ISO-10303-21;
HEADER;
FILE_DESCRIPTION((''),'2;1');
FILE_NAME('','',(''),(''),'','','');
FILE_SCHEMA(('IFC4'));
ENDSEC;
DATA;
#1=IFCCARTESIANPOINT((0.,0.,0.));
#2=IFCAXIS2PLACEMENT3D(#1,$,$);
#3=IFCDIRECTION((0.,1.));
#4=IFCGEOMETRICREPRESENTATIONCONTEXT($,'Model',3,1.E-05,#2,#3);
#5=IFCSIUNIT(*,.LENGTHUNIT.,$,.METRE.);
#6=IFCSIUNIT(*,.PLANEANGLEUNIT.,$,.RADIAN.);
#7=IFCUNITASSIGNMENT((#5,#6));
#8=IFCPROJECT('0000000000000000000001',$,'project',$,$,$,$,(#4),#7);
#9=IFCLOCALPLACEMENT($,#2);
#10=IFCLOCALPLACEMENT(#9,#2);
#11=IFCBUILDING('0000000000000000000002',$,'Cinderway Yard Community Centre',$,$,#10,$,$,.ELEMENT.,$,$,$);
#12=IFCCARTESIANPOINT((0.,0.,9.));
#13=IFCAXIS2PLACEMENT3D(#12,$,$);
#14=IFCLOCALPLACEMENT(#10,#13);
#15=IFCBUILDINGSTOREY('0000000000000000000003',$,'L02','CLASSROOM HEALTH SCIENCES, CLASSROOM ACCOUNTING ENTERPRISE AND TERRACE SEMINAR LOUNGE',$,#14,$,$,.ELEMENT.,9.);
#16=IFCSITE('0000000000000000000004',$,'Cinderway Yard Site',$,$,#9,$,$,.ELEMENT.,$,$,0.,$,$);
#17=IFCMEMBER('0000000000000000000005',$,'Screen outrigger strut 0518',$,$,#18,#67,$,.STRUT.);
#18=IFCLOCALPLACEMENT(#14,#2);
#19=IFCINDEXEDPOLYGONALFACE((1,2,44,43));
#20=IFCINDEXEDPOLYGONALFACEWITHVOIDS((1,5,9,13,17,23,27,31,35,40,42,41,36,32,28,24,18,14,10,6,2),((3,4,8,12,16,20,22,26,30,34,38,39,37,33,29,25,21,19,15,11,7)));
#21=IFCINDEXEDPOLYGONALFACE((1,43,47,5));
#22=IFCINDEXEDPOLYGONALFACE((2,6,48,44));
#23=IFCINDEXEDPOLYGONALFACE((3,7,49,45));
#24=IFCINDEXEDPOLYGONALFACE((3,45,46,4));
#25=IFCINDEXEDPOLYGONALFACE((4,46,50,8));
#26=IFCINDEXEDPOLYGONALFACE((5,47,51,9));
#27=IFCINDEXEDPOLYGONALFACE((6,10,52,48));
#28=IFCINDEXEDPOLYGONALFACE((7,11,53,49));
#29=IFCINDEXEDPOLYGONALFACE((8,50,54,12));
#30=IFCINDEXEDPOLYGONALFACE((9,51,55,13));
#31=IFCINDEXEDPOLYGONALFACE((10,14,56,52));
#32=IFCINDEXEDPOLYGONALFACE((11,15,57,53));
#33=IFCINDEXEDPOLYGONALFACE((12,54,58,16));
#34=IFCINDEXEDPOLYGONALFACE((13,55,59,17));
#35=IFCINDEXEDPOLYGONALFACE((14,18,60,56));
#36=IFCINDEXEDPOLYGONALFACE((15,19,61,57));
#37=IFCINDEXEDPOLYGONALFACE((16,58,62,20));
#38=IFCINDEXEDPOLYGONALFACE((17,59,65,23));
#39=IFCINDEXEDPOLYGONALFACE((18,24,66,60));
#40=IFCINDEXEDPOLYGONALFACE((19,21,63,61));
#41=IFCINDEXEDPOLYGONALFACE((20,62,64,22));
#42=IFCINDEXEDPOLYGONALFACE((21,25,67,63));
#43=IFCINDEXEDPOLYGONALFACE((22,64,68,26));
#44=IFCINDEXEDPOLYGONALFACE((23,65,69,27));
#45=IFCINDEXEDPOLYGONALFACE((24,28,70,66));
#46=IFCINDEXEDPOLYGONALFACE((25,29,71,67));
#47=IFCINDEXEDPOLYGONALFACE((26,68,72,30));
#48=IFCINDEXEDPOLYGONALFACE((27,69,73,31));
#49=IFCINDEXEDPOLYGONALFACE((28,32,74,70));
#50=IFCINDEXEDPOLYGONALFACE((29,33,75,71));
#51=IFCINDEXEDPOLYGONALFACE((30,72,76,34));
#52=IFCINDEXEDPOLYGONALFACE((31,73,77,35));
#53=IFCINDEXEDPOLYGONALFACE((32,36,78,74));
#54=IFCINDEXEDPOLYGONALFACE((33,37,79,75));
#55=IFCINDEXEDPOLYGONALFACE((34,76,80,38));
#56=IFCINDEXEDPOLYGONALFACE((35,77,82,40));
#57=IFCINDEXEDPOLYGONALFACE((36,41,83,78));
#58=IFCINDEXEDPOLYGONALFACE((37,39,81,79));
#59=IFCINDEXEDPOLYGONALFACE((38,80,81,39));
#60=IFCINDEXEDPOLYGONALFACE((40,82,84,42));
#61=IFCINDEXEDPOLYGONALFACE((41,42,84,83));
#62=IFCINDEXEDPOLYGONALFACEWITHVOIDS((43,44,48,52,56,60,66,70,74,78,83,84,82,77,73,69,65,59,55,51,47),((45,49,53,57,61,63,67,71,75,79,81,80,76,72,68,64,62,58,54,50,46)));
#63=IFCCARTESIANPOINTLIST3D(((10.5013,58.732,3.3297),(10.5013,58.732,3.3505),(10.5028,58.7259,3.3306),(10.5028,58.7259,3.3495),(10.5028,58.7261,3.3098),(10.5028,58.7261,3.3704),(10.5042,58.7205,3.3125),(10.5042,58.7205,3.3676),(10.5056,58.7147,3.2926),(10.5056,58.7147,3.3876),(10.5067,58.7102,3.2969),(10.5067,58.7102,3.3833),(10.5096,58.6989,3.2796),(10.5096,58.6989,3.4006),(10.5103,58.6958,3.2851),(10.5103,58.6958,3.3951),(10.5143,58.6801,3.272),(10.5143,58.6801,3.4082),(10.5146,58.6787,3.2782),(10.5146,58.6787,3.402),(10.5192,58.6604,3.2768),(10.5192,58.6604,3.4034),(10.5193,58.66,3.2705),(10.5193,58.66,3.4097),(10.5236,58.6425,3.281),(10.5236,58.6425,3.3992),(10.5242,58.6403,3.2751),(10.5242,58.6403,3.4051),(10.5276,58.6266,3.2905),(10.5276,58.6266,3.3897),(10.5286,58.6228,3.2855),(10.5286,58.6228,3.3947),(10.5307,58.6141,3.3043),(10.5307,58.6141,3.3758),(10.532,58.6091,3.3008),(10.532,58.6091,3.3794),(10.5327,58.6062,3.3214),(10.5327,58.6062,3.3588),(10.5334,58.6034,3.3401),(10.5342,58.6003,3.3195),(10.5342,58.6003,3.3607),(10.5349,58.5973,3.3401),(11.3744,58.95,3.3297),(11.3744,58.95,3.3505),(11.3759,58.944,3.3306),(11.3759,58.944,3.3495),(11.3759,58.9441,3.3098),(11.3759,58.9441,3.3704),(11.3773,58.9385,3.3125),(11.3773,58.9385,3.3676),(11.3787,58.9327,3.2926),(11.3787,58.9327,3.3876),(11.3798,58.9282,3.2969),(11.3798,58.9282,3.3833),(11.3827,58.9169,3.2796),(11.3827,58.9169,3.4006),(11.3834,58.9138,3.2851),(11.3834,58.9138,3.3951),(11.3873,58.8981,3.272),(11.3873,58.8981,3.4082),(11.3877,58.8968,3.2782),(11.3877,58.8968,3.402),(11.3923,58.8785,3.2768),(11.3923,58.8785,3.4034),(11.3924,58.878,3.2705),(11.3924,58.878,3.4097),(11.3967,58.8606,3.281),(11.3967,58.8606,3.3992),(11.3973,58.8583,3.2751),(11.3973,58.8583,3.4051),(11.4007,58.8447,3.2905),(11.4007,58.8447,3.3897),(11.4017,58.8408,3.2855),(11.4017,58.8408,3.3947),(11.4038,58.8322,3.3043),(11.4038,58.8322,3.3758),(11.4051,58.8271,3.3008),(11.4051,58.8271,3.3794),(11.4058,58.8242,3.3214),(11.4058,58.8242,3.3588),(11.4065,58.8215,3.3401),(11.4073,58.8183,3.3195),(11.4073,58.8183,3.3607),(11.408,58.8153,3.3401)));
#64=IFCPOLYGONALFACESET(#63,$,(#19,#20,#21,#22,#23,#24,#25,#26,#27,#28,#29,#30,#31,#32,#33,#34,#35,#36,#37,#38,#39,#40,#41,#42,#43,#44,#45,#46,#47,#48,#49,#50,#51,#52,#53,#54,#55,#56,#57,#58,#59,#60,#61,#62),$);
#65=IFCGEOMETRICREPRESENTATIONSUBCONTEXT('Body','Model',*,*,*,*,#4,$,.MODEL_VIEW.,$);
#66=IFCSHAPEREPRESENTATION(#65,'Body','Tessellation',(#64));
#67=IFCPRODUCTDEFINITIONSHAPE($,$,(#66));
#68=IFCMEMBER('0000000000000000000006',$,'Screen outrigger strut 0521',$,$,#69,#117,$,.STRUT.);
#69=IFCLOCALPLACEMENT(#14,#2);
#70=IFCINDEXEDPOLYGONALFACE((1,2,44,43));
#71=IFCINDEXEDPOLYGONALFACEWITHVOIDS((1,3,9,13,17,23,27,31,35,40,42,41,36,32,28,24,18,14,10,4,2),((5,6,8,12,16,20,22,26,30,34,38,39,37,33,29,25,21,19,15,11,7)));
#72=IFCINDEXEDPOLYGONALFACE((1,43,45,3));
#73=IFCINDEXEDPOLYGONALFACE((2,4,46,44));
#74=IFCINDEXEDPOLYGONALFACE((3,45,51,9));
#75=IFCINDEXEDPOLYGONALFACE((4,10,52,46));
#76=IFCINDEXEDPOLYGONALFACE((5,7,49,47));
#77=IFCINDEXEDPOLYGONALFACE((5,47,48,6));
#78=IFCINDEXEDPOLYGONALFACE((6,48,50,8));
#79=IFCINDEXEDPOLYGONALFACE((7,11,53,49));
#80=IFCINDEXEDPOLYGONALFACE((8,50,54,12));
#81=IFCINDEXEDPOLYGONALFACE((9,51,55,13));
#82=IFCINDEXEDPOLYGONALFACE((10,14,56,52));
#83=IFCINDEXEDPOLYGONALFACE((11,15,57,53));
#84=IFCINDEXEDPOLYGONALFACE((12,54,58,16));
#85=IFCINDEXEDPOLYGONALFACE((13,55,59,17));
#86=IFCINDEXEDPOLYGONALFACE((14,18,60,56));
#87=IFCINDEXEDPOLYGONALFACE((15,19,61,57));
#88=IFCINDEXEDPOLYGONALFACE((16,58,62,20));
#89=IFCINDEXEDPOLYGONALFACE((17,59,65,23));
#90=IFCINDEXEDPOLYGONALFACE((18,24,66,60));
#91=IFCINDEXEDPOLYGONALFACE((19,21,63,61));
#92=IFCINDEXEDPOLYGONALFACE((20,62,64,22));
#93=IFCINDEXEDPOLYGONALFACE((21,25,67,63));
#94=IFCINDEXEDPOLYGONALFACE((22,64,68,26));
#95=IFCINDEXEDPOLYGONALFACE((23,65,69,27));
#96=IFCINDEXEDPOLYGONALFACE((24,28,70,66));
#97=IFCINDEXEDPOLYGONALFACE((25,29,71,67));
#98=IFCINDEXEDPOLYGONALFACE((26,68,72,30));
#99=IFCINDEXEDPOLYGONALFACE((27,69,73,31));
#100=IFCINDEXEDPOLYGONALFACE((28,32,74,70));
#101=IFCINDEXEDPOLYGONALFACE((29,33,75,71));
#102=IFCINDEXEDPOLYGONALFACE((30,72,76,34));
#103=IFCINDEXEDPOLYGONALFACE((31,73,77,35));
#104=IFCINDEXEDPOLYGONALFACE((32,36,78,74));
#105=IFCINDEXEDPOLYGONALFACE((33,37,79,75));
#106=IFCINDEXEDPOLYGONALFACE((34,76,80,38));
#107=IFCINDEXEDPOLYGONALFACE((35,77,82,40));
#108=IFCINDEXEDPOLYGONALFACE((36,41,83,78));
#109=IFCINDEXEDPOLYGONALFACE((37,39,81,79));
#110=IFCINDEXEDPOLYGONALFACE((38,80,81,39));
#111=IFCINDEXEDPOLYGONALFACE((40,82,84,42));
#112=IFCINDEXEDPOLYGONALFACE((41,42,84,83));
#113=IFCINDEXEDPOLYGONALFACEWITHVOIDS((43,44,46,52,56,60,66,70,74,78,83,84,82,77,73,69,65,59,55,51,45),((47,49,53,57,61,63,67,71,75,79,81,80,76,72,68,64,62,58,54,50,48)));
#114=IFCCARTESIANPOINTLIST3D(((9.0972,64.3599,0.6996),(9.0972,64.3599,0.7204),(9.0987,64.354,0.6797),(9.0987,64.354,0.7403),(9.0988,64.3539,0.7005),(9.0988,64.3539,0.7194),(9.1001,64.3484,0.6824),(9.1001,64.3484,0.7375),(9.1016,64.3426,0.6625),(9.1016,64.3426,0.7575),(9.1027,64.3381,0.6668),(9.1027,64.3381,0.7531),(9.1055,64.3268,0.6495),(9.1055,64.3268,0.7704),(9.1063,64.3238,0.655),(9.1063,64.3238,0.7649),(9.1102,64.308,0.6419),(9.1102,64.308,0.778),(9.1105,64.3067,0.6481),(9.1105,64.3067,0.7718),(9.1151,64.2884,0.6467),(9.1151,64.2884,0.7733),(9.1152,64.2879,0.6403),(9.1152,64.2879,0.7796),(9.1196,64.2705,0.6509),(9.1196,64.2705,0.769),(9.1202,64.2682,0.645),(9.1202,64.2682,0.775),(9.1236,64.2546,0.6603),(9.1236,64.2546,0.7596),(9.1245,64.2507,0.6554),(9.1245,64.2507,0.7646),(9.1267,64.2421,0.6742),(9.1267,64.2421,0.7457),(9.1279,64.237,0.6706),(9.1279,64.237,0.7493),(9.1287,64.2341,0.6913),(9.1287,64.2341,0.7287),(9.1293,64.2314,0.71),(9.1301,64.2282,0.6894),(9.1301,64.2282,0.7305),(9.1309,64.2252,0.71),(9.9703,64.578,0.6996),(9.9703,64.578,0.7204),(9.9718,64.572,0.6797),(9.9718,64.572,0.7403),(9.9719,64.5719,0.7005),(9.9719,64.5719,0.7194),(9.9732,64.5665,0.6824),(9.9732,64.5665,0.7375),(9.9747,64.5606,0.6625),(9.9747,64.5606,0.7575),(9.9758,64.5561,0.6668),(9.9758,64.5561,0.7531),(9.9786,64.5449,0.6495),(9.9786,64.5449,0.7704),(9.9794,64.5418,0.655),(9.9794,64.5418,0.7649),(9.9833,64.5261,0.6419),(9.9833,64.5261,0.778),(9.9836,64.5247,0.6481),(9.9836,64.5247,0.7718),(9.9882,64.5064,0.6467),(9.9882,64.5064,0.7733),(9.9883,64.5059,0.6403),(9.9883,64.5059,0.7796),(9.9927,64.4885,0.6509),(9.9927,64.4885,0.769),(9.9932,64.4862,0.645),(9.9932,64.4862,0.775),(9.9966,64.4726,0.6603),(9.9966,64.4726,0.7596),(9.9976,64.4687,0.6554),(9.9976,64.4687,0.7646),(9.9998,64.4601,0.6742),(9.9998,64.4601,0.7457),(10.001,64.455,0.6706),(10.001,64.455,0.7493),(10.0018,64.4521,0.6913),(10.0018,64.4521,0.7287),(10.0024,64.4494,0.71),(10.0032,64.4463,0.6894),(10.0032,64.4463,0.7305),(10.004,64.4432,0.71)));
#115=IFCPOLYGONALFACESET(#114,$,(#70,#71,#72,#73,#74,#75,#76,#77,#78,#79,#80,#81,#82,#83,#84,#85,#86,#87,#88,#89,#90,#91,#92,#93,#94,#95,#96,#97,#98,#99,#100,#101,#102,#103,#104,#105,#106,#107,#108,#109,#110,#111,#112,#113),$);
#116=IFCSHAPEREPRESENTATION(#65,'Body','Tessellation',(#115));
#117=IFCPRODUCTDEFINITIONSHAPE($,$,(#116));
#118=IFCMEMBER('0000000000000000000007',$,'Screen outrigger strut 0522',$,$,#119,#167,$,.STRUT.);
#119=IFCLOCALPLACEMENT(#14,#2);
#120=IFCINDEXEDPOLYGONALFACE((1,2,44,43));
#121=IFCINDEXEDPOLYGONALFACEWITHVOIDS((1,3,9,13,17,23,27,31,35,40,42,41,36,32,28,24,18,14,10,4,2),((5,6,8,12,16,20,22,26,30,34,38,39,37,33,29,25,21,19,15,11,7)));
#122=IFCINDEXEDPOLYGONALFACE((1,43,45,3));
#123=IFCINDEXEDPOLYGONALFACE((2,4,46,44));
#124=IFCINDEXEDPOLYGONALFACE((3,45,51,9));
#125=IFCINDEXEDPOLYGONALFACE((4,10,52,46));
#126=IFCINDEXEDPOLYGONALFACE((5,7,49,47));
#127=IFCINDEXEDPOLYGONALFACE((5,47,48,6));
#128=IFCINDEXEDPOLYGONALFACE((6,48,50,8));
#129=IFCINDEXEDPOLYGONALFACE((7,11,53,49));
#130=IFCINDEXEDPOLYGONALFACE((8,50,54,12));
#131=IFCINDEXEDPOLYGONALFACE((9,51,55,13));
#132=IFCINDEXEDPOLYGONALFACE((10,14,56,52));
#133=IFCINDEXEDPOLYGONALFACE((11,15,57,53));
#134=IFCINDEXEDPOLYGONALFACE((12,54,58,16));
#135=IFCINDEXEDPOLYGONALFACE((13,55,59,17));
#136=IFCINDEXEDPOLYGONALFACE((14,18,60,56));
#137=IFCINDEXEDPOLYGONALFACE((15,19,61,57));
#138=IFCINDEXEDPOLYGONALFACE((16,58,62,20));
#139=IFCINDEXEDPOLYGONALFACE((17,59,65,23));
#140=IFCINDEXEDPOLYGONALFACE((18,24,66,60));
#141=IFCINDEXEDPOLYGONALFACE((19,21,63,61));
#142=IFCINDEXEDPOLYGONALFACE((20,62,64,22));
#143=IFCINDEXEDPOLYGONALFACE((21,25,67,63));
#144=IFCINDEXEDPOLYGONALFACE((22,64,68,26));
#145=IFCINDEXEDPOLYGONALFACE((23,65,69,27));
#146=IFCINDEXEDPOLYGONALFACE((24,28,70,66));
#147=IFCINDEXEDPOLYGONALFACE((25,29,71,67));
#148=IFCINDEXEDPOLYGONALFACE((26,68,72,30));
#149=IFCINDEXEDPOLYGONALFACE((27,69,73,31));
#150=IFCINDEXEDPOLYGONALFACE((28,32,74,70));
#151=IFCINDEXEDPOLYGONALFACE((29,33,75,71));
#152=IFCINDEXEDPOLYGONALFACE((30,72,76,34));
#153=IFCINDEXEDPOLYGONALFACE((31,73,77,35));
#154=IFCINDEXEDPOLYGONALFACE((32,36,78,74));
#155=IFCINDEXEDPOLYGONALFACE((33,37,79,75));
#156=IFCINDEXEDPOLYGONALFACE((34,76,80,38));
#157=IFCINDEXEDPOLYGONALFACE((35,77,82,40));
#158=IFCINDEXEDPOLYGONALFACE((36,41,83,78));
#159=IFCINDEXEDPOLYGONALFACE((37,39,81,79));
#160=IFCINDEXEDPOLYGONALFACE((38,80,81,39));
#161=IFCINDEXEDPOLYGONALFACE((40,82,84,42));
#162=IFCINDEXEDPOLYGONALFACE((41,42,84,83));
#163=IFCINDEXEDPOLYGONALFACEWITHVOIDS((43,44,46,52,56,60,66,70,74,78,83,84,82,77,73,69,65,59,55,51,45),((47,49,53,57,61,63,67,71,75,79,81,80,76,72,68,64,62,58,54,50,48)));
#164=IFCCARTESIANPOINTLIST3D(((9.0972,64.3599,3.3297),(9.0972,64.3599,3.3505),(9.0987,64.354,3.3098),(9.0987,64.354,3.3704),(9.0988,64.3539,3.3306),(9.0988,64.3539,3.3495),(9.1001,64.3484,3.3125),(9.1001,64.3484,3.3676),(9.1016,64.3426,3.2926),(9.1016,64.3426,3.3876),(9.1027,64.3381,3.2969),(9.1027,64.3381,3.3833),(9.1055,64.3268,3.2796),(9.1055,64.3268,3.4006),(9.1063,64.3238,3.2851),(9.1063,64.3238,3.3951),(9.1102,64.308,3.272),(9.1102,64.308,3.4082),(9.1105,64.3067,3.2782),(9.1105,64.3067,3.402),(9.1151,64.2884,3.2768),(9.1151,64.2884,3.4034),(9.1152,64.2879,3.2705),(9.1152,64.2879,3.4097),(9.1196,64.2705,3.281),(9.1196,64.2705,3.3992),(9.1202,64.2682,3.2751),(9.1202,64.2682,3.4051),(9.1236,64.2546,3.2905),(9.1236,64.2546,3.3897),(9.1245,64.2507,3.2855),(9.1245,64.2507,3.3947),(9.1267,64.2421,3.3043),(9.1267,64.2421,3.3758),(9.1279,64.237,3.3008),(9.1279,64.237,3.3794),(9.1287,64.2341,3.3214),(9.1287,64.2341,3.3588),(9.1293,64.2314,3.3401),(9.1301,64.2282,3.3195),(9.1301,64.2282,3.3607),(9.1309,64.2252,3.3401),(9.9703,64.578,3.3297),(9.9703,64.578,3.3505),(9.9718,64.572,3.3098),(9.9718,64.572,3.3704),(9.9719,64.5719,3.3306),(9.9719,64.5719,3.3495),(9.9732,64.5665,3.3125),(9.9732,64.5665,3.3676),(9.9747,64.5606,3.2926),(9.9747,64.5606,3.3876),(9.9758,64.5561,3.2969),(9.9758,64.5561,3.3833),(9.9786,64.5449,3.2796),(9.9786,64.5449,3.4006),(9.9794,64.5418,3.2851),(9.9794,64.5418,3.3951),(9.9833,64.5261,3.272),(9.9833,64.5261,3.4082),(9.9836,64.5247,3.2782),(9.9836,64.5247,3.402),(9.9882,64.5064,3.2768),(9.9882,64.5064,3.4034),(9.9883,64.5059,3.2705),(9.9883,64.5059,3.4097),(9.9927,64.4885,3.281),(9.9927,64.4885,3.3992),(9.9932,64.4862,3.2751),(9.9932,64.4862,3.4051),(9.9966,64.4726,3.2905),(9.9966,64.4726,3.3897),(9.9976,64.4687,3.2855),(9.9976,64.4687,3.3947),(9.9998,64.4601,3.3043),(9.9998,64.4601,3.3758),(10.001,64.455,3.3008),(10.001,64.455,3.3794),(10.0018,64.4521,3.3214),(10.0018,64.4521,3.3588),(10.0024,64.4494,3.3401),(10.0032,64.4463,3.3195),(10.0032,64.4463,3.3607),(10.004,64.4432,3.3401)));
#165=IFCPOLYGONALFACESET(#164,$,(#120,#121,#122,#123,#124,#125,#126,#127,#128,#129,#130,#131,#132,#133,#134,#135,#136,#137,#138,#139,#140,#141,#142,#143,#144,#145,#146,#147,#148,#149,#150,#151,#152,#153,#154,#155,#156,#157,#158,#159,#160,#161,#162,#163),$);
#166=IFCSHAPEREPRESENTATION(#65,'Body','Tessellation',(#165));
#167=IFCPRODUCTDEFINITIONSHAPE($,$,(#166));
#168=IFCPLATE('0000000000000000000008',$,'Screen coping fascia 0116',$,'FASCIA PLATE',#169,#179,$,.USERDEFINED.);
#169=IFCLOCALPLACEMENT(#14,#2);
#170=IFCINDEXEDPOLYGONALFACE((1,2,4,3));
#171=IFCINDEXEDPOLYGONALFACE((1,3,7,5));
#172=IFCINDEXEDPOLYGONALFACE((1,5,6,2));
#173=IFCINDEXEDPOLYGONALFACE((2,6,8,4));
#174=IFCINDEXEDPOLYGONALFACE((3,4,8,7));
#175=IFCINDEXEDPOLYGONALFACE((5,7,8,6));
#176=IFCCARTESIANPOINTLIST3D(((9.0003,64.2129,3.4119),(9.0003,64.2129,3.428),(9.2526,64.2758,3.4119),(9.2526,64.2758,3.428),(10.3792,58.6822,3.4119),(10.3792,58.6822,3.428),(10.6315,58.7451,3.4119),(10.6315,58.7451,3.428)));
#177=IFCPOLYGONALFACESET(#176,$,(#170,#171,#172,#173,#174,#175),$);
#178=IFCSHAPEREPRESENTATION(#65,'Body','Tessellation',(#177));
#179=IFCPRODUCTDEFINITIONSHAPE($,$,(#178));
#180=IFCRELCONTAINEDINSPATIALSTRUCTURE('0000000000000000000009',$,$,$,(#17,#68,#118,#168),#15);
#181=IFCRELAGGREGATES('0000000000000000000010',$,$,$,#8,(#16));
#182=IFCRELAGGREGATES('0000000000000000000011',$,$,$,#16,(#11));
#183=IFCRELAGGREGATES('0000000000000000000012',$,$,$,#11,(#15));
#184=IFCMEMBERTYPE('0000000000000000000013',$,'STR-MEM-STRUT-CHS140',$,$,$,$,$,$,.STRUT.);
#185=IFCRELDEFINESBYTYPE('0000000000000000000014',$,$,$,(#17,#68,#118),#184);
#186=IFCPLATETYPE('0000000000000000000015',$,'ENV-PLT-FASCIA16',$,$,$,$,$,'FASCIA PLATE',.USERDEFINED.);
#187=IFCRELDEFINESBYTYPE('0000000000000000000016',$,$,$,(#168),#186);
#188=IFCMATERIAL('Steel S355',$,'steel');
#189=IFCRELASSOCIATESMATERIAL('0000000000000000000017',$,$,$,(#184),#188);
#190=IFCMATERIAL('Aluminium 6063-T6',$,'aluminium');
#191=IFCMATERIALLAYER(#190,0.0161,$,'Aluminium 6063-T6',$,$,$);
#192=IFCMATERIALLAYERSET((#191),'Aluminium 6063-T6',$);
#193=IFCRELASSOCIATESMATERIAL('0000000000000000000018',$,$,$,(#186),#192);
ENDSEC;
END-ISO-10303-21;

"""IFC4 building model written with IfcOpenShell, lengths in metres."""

from ifc_helpers import new_model, si_unit, direction, frame, origin, origin_2d, place, context, subcontext, project, spatial, rectangle, hollow_circle, extrude, material, layer, layer_set, material_profile, profile_set, type_object, element, save


model = new_model("IFC4")

# Units and contexts
model_context = context("Model", 3, precision=1e-05, world=origin(), true_north=direction((0.0, 1.0)))
body_context = subcontext(model_context, "Body", "Model", "MODEL_VIEW")
ifc_project = project(units=[si_unit("LENGTHUNIT", "METRE"), si_unit("PLANEANGLEUNIT", "RADIAN")], contexts=[model_context])

# Site, building, storey
site_placement = place(None, origin())
site = spatial("IfcSite", under=ifc_project, at=site_placement, Name="Cinderway Yard Site", CompositionType="ELEMENT", RefElevation=0.0)
building_placement = place(site_placement, origin())
building = spatial("IfcBuilding", under=site, at=building_placement, Name="Cinderway Yard Community Centre", CompositionType="ELEMENT")
storey_placement = place(building_placement, frame((0.0, 0.0, 9.0)))
storey = spatial("IfcBuildingStorey", under=building, at=storey_placement, Name="L02", Description="CLASSROOM HEALTH SCIENCES, CLASSROOM ACCOUNTING ENTERPRISE AND TERRACE SEMINAR LOUNGE", CompositionType="ELEMENT", Elevation=9.0)

# Shared definitions
ifc_material_1 = material(Name="Steel S355", Category="steel")

# Members
ifc_material_profile_1 = material_profile(ifc_material_1, hollow_circle(Radius=0.0698, WallThickness=0.0063, at=origin_2d()), Name="Steel S355")
ifc_profile_set_1 = profile_set([ifc_material_profile_1], Name="Steel S355")
member_type_1 = type_object("IfcMemberType", Name="STR-MEM-STRUT-CHS140", PredefinedType="STRUT", material=ifc_profile_set_1)
for number, where, z_axis, x_axis, name in (
    (1, (11.3911, 58.8831, 3.3401), (-0.970206, -0.24228, 0.0), (0.24228, -0.970206, 0.0), "Screen outrigger strut 0518"),
    (2, (9.9871, 64.511, 0.71), (-0.970206, -0.24228, 0.0), (0.24228, -0.970206, 0.0), "Screen outrigger strut 0521"),
    (3, (9.9871, 64.511, 3.3401), (-0.970206, -0.24228, 0.0), (0.24228, -0.970206, 0.0), "Screen outrigger strut 0522"),
):
    element("IfcMember", number, at=place(storey_placement, frame(where, z_axis=z_axis, x_axis=x_axis)), inside=storey, type_object=member_type_1, Name=name, PredefinedType="STRUT", context=body_context, shape_type="SweptSolid", body=[
        extrude(hollow_circle(Radius=0.0698, WallThickness=0.0063, at=origin_2d()), origin(), (0.0, 0.0, 1.0), 0.8999),
    ])

# Plate
ifc_material_2 = material(Name="Aluminium 6063-T6", Category="aluminium")
ifc_layer_1 = layer(ifc_material_2, 0.0161, Name="Aluminium 6063-T6")
ifc_layer_set_1 = layer_set([ifc_layer_1], Name="Aluminium 6063-T6")
plate_type = type_object("IfcPlateType", Name="ENV-PLT-FASCIA16", ElementType="FASCIA PLATE", PredefinedType="USERDEFINED", material=ifc_layer_set_1)
plate_placement = place(storey_placement, frame((9.8159, 61.479, 3.4119), z_axis=(0.0, 0.0, 1.0), x_axis=(-0.241922, 0.970296, 0.0)))
element("IfcPlate", 4, at=plate_placement, inside=storey, type_object=plate_type, Name="Screen coping fascia 0116", ObjectType="FASCIA PLATE", PredefinedType="USERDEFINED", context=body_context, shape_type="SweptSolid", body=[
    extrude(rectangle(XDim=5.7, YDim=0.26, at=origin_2d()), origin(), (0.0, 0.0, 1.0), 0.0161),
])

save(model, "model.ifc")
